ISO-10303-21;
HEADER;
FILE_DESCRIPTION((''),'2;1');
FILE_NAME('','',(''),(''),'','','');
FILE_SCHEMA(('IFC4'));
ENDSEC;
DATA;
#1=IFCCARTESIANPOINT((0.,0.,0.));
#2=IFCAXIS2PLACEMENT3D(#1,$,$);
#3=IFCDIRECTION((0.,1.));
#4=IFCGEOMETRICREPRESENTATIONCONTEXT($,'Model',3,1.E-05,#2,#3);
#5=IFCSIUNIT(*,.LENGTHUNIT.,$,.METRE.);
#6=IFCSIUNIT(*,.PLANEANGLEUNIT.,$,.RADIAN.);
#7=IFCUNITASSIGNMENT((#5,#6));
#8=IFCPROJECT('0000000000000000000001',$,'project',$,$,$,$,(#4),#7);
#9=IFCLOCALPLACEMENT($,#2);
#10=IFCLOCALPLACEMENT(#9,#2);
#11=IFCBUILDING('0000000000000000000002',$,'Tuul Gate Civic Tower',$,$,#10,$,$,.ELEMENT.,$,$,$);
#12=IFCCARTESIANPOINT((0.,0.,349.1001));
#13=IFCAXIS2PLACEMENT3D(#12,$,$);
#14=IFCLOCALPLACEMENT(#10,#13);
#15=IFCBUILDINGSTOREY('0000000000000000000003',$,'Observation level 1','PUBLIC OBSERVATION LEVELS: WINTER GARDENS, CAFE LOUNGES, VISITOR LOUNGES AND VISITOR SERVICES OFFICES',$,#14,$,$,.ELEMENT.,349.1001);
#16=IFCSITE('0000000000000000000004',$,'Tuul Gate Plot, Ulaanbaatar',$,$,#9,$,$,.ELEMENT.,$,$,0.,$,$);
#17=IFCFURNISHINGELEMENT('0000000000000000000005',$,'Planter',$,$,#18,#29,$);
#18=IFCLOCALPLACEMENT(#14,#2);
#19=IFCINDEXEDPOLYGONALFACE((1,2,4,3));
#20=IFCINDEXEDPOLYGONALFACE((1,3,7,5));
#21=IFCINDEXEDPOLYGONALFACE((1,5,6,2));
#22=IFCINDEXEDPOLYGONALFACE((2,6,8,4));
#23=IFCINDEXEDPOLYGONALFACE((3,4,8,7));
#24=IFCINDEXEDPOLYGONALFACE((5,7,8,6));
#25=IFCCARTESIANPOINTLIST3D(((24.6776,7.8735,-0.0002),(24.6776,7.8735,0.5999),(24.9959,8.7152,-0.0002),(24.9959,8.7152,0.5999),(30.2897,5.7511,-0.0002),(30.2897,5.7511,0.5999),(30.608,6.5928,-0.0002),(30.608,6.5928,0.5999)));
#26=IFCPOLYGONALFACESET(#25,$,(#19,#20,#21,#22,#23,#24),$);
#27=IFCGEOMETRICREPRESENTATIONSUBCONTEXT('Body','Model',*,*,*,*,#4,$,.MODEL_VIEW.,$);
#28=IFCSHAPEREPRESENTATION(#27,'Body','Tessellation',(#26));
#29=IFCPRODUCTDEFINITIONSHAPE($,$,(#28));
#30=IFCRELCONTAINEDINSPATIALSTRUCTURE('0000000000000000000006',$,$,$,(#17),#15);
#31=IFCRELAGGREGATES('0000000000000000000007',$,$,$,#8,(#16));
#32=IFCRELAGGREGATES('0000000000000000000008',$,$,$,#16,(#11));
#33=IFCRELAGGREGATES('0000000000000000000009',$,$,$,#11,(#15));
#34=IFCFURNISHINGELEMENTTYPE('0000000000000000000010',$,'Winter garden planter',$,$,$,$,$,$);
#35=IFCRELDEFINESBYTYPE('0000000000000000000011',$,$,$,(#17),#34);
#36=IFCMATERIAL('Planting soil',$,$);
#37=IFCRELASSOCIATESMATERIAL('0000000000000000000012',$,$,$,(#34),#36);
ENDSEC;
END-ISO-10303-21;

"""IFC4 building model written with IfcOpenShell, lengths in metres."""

from ifc_helpers import new_model, si_unit, direction, frame, origin, origin_2d, place, context, subcontext, project, spatial, rectangle, extrude, material, type_object, element, save


model = new_model("IFC4")

# Units and contexts
model_context = context("Model", 3, precision=1e-05, world=origin(), true_north=direction((0.0, 1.0)))
body_context = subcontext(model_context, "Body", "Model", "MODEL_VIEW")
ifc_project = project(units=[si_unit("LENGTHUNIT", "METRE"), si_unit("PLANEANGLEUNIT", "RADIAN")], contexts=[model_context])

# Site, building, storey
site_placement = place(None, origin())
site = spatial("IfcSite", under=ifc_project, at=site_placement, Name="Tuul Gate Plot, Ulaanbaatar", CompositionType="ELEMENT", RefElevation=0.0)
building_placement = place(site_placement, origin())
building = spatial("IfcBuilding", under=site, at=building_placement, Name="Tuul Gate Civic Tower", CompositionType="ELEMENT")
storey_placement = place(building_placement, frame((0.0, 0.0, 349.1001)))
storey = spatial("IfcBuildingStorey", under=building, at=storey_placement, Name="Observation level 1", Description="PUBLIC OBSERVATION LEVELS: WINTER GARDENS, CAFE LOUNGES, VISITOR LOUNGES AND VISITOR SERVICES OFFICES", CompositionType="ELEMENT", Elevation=349.1001)

# Furnishing element
ifc_material_1 = material(Name="Planting soil")
furnishing_element_type = type_object("IfcFurnishingElementType", Name="Winter garden planter", material=ifc_material_1)
furnishing_placement = place(storey_placement, frame((27.6428, 7.2332, -0.0002), z_axis=(0.0, 0.0, 1.0), x_axis=(-0.935346, 0.353734, 0.0)))
element("IfcFurnishingElement", 1, at=furnishing_placement, inside=storey, type_object=furnishing_element_type, Name="Planter", context=body_context, shape_type="SweptSolid", body=[
    extrude(rectangle(XDim=6.0, YDim=0.8999, at=origin_2d()), origin(), (0.0, 0.0, 1.0), 0.6001),
])

save(model, "model.ifc")
